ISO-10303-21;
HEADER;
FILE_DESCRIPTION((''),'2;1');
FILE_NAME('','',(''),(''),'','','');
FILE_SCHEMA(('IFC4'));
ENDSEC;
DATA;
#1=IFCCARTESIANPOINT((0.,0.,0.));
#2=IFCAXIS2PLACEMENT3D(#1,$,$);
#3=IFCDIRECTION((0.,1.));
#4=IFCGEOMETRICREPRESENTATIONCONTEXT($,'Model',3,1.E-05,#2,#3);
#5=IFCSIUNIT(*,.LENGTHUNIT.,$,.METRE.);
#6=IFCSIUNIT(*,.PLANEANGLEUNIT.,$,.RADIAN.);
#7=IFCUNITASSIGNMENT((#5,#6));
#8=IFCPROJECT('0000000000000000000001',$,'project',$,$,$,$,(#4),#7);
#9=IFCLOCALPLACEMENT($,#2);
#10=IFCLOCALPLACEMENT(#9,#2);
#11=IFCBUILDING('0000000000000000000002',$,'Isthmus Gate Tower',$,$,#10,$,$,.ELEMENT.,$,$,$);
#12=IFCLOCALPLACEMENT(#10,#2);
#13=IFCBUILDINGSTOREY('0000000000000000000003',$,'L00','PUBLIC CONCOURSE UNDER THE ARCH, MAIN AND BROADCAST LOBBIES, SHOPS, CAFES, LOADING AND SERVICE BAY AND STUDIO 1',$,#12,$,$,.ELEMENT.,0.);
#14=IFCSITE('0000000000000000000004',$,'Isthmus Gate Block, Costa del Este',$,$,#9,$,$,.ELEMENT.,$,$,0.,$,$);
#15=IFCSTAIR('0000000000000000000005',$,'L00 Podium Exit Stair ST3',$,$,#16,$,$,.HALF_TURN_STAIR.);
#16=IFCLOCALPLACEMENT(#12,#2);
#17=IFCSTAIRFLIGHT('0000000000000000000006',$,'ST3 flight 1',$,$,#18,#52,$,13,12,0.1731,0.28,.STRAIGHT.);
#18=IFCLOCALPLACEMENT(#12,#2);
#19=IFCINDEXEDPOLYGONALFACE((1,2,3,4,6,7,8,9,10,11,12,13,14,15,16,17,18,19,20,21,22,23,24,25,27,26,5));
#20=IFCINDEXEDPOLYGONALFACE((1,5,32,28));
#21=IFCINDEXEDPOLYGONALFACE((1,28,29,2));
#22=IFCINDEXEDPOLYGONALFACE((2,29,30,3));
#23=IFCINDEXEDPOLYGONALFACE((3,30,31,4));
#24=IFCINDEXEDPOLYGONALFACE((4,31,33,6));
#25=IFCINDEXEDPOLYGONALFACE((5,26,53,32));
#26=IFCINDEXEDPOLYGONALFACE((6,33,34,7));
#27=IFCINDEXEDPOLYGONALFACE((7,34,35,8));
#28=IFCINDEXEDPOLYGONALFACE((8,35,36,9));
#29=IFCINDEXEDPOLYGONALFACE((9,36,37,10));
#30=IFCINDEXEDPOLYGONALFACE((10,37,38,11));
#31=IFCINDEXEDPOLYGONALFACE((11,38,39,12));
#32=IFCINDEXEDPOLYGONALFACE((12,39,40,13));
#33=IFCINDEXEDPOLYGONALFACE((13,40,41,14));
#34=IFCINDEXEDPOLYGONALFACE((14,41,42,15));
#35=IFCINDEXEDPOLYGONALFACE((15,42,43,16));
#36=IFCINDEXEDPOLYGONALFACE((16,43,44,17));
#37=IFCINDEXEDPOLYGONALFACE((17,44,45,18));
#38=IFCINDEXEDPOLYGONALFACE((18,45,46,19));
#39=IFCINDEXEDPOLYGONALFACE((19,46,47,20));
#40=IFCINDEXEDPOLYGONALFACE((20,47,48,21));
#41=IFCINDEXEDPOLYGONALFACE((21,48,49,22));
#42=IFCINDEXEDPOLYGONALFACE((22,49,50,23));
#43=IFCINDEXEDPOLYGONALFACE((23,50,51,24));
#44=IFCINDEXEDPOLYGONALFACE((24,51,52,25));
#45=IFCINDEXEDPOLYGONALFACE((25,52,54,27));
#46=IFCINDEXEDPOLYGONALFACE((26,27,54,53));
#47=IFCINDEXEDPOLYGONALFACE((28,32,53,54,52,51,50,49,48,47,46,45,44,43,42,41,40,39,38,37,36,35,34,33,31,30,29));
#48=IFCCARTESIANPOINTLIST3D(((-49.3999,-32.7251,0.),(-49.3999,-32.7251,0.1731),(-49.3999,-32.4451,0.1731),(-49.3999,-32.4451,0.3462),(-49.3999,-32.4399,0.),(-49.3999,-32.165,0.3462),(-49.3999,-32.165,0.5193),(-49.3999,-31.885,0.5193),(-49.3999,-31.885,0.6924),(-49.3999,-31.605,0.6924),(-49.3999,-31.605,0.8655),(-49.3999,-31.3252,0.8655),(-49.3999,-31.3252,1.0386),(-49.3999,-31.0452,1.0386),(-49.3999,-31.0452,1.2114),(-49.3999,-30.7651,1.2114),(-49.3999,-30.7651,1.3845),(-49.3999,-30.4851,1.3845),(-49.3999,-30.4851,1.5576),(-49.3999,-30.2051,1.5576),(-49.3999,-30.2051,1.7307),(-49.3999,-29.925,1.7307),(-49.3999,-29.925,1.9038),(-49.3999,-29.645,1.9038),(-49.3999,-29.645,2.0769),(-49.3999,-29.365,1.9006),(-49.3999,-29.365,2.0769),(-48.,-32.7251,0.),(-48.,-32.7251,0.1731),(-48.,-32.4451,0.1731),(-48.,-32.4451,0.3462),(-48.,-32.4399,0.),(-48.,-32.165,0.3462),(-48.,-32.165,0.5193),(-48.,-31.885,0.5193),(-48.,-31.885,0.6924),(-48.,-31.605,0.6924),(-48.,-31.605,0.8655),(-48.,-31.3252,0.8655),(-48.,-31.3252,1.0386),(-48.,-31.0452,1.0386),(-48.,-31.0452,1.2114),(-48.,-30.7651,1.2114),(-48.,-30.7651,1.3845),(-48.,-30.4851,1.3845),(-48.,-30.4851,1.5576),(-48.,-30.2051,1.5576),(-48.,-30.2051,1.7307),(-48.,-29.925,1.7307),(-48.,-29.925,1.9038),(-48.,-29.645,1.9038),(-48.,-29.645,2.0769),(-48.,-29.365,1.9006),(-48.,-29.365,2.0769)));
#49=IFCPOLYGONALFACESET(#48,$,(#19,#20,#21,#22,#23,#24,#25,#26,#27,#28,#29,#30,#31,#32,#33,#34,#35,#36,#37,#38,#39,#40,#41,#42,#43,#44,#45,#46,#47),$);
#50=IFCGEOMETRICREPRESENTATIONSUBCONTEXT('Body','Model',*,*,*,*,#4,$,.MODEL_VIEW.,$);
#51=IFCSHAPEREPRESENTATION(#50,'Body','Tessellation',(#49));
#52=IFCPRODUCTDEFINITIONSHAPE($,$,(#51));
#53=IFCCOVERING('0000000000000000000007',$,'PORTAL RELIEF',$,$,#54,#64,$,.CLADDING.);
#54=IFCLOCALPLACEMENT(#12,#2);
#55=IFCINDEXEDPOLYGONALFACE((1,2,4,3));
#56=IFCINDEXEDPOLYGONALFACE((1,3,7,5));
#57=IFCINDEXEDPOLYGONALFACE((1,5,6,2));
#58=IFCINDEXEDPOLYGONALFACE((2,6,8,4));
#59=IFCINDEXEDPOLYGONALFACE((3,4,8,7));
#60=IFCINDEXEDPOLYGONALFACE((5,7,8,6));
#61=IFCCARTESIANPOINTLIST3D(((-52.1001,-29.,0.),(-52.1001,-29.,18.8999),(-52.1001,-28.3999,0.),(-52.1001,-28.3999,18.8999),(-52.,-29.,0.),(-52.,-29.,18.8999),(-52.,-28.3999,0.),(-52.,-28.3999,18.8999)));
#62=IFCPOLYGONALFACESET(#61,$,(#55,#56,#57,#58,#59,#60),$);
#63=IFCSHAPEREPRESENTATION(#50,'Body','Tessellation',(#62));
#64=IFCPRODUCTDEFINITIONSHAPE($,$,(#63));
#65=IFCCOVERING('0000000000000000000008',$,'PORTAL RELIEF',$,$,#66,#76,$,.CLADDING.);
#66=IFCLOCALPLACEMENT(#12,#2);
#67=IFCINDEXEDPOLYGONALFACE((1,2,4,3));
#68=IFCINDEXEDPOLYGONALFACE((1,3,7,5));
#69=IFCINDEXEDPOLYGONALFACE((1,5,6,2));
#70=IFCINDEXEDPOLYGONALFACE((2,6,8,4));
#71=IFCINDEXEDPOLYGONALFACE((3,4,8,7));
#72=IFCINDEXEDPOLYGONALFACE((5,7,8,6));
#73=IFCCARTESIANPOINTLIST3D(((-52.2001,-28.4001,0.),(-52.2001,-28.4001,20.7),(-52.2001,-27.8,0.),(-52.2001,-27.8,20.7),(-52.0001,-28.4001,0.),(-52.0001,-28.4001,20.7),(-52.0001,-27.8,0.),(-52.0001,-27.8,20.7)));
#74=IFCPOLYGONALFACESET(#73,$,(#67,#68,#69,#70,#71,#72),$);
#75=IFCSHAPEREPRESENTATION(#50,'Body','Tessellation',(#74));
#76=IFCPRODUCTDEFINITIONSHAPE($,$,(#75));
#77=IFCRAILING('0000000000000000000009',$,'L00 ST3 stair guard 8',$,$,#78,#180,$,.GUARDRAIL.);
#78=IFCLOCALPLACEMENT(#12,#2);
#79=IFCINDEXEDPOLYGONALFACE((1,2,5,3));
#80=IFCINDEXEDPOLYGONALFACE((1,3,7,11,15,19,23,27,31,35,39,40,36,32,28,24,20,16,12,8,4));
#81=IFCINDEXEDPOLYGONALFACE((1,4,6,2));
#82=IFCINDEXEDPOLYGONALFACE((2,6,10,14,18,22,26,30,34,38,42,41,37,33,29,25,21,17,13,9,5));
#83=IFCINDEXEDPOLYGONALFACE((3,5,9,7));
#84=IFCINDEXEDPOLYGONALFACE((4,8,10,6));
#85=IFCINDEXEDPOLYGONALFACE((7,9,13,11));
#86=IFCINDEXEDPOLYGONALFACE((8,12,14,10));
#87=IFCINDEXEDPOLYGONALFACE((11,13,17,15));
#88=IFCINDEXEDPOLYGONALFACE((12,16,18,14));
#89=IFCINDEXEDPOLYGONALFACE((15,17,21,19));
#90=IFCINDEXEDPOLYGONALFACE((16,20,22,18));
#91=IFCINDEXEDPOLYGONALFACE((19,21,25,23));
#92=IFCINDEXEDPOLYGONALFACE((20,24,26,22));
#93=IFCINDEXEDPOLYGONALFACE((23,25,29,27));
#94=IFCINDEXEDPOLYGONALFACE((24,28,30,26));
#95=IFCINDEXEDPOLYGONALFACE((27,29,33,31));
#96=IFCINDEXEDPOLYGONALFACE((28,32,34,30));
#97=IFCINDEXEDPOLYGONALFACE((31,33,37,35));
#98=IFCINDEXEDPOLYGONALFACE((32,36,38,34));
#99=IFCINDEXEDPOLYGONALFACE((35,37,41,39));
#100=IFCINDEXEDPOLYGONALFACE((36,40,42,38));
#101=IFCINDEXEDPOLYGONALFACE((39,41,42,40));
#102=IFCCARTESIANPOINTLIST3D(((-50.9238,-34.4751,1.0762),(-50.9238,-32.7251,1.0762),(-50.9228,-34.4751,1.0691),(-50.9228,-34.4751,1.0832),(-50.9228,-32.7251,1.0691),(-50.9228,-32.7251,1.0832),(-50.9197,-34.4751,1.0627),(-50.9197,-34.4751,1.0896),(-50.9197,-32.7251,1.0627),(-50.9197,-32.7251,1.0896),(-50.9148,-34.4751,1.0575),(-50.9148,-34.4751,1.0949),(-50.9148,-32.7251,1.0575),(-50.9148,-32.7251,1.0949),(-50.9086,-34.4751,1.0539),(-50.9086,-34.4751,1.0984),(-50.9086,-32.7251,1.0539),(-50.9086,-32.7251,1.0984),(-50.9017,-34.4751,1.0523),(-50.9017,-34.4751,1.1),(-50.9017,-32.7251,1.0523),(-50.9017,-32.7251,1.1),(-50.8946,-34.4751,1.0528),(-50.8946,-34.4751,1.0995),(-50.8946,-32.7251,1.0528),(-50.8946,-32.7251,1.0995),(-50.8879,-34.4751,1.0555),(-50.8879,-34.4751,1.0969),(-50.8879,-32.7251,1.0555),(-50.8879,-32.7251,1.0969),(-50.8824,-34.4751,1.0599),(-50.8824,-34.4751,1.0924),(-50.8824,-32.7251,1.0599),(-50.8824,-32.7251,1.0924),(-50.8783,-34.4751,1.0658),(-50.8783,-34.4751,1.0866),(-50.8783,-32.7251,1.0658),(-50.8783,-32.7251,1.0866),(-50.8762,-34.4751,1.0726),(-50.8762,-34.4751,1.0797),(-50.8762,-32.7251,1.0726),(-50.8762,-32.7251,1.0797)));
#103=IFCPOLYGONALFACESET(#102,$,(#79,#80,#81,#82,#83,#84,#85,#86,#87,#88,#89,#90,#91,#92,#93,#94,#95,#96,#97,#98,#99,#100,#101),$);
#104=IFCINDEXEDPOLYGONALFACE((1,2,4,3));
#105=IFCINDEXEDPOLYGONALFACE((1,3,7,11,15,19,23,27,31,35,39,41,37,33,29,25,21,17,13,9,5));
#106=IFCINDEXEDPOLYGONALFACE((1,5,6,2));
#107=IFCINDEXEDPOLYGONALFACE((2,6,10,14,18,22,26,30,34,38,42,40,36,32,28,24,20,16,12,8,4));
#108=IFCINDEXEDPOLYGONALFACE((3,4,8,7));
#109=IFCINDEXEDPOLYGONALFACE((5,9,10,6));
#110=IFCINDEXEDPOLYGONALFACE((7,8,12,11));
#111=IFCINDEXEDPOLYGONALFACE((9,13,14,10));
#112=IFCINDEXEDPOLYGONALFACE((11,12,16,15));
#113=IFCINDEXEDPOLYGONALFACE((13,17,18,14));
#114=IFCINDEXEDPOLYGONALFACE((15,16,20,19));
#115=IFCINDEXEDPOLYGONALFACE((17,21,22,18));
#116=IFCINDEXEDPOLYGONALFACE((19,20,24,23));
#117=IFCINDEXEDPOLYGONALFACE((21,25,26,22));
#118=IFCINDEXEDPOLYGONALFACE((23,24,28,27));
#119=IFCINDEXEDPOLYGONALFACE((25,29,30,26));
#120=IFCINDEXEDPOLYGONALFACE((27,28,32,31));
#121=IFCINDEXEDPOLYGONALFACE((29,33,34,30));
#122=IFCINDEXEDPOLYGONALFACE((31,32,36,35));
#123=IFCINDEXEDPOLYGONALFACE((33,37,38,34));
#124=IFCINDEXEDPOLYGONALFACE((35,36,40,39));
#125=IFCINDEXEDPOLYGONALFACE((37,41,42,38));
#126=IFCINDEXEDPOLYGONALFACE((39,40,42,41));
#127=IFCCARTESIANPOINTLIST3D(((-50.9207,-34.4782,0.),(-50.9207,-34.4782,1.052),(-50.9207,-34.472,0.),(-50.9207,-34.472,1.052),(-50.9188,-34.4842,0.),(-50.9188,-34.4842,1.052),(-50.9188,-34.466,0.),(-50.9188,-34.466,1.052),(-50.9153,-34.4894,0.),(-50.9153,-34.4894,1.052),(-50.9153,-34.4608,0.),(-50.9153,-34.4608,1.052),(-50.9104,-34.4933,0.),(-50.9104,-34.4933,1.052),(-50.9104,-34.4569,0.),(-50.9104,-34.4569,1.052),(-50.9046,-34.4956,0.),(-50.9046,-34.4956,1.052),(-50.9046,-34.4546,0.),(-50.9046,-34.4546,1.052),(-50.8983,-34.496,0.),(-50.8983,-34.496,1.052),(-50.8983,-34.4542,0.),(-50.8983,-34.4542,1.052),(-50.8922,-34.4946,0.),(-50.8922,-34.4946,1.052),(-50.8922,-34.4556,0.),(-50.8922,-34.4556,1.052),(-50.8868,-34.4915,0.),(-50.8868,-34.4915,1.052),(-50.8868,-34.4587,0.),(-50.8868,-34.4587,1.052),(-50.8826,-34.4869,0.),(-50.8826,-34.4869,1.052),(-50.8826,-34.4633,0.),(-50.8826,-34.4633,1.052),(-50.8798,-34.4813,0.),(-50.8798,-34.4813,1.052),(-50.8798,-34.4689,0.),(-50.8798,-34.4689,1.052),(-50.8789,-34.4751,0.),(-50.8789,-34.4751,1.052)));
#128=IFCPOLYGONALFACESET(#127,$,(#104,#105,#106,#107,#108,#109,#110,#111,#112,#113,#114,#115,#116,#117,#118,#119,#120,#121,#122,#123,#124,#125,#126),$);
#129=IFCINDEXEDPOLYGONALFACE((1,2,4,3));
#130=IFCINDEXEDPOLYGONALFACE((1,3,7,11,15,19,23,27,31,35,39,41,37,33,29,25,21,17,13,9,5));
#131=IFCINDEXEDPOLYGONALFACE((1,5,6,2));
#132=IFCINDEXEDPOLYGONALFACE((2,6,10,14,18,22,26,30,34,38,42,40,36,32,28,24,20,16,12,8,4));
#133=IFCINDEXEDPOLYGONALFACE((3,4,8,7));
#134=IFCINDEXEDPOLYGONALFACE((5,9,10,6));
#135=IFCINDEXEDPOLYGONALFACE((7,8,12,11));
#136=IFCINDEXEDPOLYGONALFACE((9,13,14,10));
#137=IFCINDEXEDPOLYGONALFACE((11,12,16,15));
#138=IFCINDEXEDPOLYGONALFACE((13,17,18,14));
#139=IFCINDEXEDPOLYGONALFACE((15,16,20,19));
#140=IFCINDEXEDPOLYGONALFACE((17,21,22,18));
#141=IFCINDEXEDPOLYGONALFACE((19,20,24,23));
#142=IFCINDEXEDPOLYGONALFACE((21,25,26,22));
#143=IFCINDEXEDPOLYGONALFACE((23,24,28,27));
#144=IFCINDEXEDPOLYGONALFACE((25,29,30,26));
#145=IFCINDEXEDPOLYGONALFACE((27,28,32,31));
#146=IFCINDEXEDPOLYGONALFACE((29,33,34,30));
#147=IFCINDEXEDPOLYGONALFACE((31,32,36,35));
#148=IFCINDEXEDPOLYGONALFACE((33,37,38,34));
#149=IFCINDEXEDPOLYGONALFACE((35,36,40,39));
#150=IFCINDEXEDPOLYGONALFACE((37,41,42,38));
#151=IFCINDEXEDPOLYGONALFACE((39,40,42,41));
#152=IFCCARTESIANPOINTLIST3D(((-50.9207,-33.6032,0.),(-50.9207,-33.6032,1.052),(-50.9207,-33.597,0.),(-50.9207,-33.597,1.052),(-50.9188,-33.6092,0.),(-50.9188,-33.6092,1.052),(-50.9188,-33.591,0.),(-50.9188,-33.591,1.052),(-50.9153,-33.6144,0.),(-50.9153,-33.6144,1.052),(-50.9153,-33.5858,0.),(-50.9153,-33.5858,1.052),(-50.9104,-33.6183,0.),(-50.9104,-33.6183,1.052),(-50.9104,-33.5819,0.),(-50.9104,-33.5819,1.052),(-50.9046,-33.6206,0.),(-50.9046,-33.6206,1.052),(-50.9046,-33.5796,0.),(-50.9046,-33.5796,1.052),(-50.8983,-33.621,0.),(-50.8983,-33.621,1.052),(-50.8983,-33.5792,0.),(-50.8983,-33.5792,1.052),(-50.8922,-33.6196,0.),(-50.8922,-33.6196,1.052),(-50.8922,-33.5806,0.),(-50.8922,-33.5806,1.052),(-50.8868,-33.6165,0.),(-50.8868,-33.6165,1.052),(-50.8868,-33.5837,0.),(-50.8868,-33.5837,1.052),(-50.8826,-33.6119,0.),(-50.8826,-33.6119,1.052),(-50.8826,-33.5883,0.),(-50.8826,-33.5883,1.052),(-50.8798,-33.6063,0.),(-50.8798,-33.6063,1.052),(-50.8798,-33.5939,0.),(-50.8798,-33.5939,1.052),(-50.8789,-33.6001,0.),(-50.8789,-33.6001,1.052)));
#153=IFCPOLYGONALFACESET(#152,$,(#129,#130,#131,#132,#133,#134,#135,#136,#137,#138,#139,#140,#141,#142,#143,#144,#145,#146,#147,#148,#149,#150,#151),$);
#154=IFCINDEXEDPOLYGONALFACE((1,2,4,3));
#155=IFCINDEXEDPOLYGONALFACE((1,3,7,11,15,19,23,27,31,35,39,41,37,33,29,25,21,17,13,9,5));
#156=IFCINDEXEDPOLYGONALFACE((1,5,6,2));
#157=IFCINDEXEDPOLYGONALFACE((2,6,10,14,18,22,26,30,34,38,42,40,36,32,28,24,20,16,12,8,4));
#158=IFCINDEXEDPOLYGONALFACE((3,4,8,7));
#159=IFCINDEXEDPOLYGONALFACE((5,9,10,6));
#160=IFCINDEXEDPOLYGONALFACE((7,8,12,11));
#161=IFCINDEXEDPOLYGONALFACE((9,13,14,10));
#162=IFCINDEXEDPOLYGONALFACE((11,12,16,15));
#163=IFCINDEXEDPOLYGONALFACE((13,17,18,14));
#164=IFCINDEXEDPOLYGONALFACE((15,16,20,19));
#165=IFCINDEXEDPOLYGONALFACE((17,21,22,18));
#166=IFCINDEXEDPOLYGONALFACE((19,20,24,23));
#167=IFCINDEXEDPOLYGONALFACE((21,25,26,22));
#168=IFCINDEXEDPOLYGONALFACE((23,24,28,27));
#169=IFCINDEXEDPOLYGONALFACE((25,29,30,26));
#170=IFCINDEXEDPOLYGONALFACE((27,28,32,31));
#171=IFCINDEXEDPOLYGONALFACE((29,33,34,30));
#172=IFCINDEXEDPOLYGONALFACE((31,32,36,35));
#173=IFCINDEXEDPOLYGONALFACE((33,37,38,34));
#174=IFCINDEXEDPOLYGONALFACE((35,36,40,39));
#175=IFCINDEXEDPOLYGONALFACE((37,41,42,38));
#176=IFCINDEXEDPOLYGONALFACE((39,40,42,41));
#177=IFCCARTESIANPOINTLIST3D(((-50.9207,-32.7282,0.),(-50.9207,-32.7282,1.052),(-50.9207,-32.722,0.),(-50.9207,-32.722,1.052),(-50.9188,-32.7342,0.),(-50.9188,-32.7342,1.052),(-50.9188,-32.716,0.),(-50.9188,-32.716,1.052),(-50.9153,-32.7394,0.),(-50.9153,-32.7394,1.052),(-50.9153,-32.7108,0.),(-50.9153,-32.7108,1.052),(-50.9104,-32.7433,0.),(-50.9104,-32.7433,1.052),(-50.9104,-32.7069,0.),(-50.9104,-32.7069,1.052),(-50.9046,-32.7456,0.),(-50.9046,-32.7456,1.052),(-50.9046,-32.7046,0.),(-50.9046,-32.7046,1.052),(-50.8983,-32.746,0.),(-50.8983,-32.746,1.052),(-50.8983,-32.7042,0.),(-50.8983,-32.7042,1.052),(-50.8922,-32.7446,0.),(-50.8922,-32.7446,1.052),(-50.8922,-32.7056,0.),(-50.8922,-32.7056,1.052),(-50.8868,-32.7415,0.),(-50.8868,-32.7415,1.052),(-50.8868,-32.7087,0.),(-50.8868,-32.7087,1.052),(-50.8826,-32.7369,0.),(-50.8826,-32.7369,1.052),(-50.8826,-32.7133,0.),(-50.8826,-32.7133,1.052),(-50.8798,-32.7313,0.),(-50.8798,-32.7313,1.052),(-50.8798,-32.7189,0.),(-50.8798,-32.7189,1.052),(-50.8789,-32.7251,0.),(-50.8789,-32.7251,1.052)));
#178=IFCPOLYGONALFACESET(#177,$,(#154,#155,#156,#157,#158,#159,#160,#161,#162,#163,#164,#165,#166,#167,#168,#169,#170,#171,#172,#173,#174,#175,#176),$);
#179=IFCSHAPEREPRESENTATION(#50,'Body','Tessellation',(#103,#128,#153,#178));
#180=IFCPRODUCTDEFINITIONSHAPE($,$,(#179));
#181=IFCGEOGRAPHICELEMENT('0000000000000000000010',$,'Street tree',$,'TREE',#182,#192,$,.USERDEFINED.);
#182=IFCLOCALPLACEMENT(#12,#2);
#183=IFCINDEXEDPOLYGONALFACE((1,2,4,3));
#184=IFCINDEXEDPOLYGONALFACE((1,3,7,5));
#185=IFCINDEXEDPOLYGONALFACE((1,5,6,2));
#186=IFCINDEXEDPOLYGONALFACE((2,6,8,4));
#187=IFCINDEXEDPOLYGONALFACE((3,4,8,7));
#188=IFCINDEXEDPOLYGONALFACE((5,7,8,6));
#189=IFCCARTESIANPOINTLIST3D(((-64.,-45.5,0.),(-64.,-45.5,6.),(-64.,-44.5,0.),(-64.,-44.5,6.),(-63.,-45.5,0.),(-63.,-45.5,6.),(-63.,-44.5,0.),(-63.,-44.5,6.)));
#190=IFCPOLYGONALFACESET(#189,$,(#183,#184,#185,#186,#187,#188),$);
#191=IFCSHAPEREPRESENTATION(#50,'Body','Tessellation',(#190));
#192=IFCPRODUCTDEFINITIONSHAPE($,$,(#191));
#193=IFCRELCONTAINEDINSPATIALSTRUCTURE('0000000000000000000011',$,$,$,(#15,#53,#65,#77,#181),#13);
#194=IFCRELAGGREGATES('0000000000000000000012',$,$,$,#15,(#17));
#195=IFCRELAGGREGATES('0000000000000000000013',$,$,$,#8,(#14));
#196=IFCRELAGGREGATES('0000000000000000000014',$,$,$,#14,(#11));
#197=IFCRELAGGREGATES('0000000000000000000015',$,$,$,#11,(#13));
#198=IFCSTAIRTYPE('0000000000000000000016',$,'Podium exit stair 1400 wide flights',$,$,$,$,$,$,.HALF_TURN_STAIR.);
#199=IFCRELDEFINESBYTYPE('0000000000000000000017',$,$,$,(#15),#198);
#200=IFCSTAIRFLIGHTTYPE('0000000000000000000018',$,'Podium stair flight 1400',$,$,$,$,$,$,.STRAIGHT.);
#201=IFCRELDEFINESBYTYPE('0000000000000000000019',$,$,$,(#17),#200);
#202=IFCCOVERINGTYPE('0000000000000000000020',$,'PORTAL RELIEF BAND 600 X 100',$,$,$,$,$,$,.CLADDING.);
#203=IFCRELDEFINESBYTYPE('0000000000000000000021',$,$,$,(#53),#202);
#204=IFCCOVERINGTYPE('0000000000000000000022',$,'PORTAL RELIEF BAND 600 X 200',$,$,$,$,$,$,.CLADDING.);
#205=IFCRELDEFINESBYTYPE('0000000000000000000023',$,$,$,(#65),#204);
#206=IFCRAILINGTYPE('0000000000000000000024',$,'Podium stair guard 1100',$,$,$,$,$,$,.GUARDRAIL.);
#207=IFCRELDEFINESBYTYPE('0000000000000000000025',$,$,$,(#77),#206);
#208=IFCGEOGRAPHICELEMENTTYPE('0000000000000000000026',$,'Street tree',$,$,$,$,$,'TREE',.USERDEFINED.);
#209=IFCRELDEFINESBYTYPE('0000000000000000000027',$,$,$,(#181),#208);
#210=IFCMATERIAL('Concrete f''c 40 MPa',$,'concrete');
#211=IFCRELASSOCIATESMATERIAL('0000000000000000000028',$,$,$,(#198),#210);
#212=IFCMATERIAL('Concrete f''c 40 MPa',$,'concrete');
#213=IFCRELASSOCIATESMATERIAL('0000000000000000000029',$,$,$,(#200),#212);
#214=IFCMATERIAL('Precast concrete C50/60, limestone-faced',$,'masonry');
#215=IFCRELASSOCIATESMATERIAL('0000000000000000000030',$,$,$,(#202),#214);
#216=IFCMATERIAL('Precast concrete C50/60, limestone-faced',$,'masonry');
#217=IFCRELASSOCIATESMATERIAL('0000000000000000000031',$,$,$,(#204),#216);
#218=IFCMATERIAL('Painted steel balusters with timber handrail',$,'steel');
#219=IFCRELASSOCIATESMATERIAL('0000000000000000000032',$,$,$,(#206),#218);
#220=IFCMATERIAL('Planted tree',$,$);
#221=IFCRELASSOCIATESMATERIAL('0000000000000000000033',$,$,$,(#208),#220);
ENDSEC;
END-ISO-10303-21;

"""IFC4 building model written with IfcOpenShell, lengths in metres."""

from ifc_helpers import new_model, si_unit, direction, frame, origin, origin_2d, place, context, subcontext, project, spatial, polyline, rectangle, circle, outline, extrude, material, type_object, element, aggregate, save


model = new_model("IFC4")

# Units and contexts
model_context = context("Model", 3, precision=1e-05, world=origin(), true_north=direction((0.0, 1.0)))
body_context = subcontext(model_context, "Body", "Model", "MODEL_VIEW")
ifc_project = project(units=[si_unit("LENGTHUNIT", "METRE"), si_unit("PLANEANGLEUNIT", "RADIAN")], contexts=[model_context])

# Site, building, storey
site_placement = place(None, origin())
site = spatial("IfcSite", under=ifc_project, at=site_placement, Name="Isthmus Gate Block, Costa del Este", CompositionType="ELEMENT", RefElevation=0.0)
building_placement = place(site_placement, origin())
building = spatial("IfcBuilding", under=site, at=building_placement, Name="Isthmus Gate Tower", CompositionType="ELEMENT")
storey_placement = place(building_placement, origin())
storey = spatial("IfcBuildingStorey", under=building, at=storey_placement, Name="L00", Description="PUBLIC CONCOURSE UNDER THE ARCH, MAIN AND BROADCAST LOBBIES, SHOPS, CAFES, LOADING AND SERVICE BAY AND STUDIO 1", CompositionType="ELEMENT", Elevation=0.0)

# Stair, stair flight
ifc_material_1 = material(Name="Concrete f'c 40 MPa", Category="concrete")
stair_type = type_object("IfcStairType", Name="Podium exit stair 1400 wide flights", PredefinedType="HALF_TURN_STAIR", material=ifc_material_1)
stair_placement = place(storey_placement, origin())
stair = element("IfcStair", 1, at=stair_placement, inside=storey, type_object=stair_type, Name="L00 Podium Exit Stair ST3", PredefinedType="HALF_TURN_STAIR")
ifc_material_2 = material(Name="Concrete f'c 40 MPa", Category="concrete")
stair_flight_type = type_object("IfcStairFlightType", Name="Podium stair flight 1400", PredefinedType="STRAIGHT", material=ifc_material_2)
stair_flight_placement = place(storey_placement, frame((-48.7, -32.7251, 0.0), z_axis=(0.0, 0.0, 1.0), x_axis=(0.0, 1.0, 0.0)))
stair_flight = element("IfcStairFlight", 2, at=stair_flight_placement, type_object=stair_flight_type, Name="ST3 flight 1", NumberOfRisers=13, NumberOfTreads=12, PredefinedType="STRAIGHT", RiserHeight=0.1731, TreadLength=0.28, context=body_context, shape_type="SweptSolid", body=[
    extrude(outline(polyline([(0.0, 0.0), (0.0, 0.1731), (0.28, 0.1731), (0.28, 0.3462), (0.5601, 0.3462), (0.5601, 0.5193), (0.8401, 0.5193), (0.8401, 0.6924), (1.1201, 0.6924), (1.1201, 0.8655), (1.3999, 0.8655), (1.3999, 1.0386), (1.6799, 1.0386), (1.6799, 1.2114), (1.96, 1.2114), (1.96, 1.3845), (2.24, 1.3845), (2.24, 1.5576), (2.52, 1.5576), (2.52, 1.7307), (2.8, 1.7307), (2.8, 1.9038), (3.0801, 1.9038), (3.0801, 2.0769), (3.3601, 2.0769), (3.3601, 2.25), (3.3601, 1.9006), (0.2852, 0.0), (0.0, 0.0)])), frame((0.0, 0.7, 0.0), z_axis=(0.0, -1.0, 0.0), x_axis=(1.0, 0.0, 0.0)), (0.0, 0.0, 1.0), 1.3999),
])
aggregate(stair, [stair_flight])

# Coverings
ifc_material_3 = material(Name="Precast concrete C50/60, limestone-faced", Category="masonry")
covering_type_1 = type_object("IfcCoveringType", Name="PORTAL RELIEF BAND 600 X 100", PredefinedType="CLADDING", material=ifc_material_3)
covering_1_placement = place(storey_placement, frame((-52.05, -28.7, 0.0), z_axis=(0.0, 0.0, 1.0), x_axis=(1.0, 0.0, 0.0)))
element("IfcCovering", 3, at=covering_1_placement, inside=storey, type_object=covering_type_1, Name="PORTAL RELIEF", PredefinedType="CLADDING", context=body_context, shape_type="SweptSolid", body=[
    extrude(rectangle(XDim=0.1001, YDim=0.6001, at=origin_2d()), origin(), (0.0, 0.0, 1.0), 18.8999),
])
ifc_material_4 = material(Name="Precast concrete C50/60, limestone-faced", Category="masonry")
covering_type_2 = type_object("IfcCoveringType", Name="PORTAL RELIEF BAND 600 X 200", PredefinedType="CLADDING", material=ifc_material_4)
covering_2_placement = place(storey_placement, frame((-52.1001, -28.1001, 0.0), z_axis=(0.0, 0.0, 1.0), x_axis=(1.0, 0.0, 0.0)))
element("IfcCovering", 4, at=covering_2_placement, inside=storey, type_object=covering_type_2, Name="PORTAL RELIEF", PredefinedType="CLADDING", context=body_context, shape_type="SweptSolid", body=[
    extrude(rectangle(XDim=0.2, YDim=0.6001, at=origin_2d()), origin(), (0.0, 0.0, 1.0), 20.7),
])

# Railing
ifc_material_5 = material(Name="Painted steel balusters with timber handrail", Category="steel")
railing_type = type_object("IfcRailingType", Name="Podium stair guard 1100", PredefinedType="GUARDRAIL", material=ifc_material_5)
railing_placement = place(storey_placement, frame((-50.8999, -34.4751, 0.0)))
element("IfcRailing", 5, at=railing_placement, inside=storey, type_object=railing_type, Name="L00 ST3 stair guard 8", PredefinedType="GUARDRAIL", context=body_context, shape_type="SweptSolid", body=[
    extrude(circle(Radius=0.0239, at=origin_2d()), frame((0.0, 0.0, 1.0762), z_axis=(0.0, 1.0, 0.0), x_axis=(-1.0, 0.0, 0.0)), (0.0, 0.0, 1.0), 1.75),
    extrude(circle(Radius=0.021, at=origin_2d()), origin(), (0.0, 0.0, 1.0), 1.052),
    extrude(circle(Radius=0.021, at=origin_2d()), frame((0.0, 0.875, 0.0)), (0.0, 0.0, 1.0), 1.052),
    extrude(circle(Radius=0.021, at=origin_2d()), frame((0.0, 1.75, 0.0)), (0.0, 0.0, 1.0), 1.052),
])

# Geographic element
ifc_material_6 = material(Name="Planted tree")
geographic_element_type = type_object("IfcGeographicElementType", Name="Street tree", ElementType="TREE", PredefinedType="USERDEFINED", material=ifc_material_6)
for number, where, z_axis, x_axis, name in (
    (6, (-63.5, -45.0, 0.0), (0.0, 0.0, 1.0), (1.0, 0.0, 0.0), "Street tree"),
):
    element("IfcGeographicElement", number, at=place(storey_placement, frame(where, z_axis=z_axis, x_axis=x_axis)), inside=storey, type_object=geographic_element_type, Name=name, ObjectType="TREE", PredefinedType="USERDEFINED", context=body_context, shape_type="SweptSolid", body=[
        extrude(rectangle(XDim=1.0, YDim=1.0, at=origin_2d()), origin(), (0.0, 0.0, 1.0), 6.0),
    ])

save(model, "model.ifc")
